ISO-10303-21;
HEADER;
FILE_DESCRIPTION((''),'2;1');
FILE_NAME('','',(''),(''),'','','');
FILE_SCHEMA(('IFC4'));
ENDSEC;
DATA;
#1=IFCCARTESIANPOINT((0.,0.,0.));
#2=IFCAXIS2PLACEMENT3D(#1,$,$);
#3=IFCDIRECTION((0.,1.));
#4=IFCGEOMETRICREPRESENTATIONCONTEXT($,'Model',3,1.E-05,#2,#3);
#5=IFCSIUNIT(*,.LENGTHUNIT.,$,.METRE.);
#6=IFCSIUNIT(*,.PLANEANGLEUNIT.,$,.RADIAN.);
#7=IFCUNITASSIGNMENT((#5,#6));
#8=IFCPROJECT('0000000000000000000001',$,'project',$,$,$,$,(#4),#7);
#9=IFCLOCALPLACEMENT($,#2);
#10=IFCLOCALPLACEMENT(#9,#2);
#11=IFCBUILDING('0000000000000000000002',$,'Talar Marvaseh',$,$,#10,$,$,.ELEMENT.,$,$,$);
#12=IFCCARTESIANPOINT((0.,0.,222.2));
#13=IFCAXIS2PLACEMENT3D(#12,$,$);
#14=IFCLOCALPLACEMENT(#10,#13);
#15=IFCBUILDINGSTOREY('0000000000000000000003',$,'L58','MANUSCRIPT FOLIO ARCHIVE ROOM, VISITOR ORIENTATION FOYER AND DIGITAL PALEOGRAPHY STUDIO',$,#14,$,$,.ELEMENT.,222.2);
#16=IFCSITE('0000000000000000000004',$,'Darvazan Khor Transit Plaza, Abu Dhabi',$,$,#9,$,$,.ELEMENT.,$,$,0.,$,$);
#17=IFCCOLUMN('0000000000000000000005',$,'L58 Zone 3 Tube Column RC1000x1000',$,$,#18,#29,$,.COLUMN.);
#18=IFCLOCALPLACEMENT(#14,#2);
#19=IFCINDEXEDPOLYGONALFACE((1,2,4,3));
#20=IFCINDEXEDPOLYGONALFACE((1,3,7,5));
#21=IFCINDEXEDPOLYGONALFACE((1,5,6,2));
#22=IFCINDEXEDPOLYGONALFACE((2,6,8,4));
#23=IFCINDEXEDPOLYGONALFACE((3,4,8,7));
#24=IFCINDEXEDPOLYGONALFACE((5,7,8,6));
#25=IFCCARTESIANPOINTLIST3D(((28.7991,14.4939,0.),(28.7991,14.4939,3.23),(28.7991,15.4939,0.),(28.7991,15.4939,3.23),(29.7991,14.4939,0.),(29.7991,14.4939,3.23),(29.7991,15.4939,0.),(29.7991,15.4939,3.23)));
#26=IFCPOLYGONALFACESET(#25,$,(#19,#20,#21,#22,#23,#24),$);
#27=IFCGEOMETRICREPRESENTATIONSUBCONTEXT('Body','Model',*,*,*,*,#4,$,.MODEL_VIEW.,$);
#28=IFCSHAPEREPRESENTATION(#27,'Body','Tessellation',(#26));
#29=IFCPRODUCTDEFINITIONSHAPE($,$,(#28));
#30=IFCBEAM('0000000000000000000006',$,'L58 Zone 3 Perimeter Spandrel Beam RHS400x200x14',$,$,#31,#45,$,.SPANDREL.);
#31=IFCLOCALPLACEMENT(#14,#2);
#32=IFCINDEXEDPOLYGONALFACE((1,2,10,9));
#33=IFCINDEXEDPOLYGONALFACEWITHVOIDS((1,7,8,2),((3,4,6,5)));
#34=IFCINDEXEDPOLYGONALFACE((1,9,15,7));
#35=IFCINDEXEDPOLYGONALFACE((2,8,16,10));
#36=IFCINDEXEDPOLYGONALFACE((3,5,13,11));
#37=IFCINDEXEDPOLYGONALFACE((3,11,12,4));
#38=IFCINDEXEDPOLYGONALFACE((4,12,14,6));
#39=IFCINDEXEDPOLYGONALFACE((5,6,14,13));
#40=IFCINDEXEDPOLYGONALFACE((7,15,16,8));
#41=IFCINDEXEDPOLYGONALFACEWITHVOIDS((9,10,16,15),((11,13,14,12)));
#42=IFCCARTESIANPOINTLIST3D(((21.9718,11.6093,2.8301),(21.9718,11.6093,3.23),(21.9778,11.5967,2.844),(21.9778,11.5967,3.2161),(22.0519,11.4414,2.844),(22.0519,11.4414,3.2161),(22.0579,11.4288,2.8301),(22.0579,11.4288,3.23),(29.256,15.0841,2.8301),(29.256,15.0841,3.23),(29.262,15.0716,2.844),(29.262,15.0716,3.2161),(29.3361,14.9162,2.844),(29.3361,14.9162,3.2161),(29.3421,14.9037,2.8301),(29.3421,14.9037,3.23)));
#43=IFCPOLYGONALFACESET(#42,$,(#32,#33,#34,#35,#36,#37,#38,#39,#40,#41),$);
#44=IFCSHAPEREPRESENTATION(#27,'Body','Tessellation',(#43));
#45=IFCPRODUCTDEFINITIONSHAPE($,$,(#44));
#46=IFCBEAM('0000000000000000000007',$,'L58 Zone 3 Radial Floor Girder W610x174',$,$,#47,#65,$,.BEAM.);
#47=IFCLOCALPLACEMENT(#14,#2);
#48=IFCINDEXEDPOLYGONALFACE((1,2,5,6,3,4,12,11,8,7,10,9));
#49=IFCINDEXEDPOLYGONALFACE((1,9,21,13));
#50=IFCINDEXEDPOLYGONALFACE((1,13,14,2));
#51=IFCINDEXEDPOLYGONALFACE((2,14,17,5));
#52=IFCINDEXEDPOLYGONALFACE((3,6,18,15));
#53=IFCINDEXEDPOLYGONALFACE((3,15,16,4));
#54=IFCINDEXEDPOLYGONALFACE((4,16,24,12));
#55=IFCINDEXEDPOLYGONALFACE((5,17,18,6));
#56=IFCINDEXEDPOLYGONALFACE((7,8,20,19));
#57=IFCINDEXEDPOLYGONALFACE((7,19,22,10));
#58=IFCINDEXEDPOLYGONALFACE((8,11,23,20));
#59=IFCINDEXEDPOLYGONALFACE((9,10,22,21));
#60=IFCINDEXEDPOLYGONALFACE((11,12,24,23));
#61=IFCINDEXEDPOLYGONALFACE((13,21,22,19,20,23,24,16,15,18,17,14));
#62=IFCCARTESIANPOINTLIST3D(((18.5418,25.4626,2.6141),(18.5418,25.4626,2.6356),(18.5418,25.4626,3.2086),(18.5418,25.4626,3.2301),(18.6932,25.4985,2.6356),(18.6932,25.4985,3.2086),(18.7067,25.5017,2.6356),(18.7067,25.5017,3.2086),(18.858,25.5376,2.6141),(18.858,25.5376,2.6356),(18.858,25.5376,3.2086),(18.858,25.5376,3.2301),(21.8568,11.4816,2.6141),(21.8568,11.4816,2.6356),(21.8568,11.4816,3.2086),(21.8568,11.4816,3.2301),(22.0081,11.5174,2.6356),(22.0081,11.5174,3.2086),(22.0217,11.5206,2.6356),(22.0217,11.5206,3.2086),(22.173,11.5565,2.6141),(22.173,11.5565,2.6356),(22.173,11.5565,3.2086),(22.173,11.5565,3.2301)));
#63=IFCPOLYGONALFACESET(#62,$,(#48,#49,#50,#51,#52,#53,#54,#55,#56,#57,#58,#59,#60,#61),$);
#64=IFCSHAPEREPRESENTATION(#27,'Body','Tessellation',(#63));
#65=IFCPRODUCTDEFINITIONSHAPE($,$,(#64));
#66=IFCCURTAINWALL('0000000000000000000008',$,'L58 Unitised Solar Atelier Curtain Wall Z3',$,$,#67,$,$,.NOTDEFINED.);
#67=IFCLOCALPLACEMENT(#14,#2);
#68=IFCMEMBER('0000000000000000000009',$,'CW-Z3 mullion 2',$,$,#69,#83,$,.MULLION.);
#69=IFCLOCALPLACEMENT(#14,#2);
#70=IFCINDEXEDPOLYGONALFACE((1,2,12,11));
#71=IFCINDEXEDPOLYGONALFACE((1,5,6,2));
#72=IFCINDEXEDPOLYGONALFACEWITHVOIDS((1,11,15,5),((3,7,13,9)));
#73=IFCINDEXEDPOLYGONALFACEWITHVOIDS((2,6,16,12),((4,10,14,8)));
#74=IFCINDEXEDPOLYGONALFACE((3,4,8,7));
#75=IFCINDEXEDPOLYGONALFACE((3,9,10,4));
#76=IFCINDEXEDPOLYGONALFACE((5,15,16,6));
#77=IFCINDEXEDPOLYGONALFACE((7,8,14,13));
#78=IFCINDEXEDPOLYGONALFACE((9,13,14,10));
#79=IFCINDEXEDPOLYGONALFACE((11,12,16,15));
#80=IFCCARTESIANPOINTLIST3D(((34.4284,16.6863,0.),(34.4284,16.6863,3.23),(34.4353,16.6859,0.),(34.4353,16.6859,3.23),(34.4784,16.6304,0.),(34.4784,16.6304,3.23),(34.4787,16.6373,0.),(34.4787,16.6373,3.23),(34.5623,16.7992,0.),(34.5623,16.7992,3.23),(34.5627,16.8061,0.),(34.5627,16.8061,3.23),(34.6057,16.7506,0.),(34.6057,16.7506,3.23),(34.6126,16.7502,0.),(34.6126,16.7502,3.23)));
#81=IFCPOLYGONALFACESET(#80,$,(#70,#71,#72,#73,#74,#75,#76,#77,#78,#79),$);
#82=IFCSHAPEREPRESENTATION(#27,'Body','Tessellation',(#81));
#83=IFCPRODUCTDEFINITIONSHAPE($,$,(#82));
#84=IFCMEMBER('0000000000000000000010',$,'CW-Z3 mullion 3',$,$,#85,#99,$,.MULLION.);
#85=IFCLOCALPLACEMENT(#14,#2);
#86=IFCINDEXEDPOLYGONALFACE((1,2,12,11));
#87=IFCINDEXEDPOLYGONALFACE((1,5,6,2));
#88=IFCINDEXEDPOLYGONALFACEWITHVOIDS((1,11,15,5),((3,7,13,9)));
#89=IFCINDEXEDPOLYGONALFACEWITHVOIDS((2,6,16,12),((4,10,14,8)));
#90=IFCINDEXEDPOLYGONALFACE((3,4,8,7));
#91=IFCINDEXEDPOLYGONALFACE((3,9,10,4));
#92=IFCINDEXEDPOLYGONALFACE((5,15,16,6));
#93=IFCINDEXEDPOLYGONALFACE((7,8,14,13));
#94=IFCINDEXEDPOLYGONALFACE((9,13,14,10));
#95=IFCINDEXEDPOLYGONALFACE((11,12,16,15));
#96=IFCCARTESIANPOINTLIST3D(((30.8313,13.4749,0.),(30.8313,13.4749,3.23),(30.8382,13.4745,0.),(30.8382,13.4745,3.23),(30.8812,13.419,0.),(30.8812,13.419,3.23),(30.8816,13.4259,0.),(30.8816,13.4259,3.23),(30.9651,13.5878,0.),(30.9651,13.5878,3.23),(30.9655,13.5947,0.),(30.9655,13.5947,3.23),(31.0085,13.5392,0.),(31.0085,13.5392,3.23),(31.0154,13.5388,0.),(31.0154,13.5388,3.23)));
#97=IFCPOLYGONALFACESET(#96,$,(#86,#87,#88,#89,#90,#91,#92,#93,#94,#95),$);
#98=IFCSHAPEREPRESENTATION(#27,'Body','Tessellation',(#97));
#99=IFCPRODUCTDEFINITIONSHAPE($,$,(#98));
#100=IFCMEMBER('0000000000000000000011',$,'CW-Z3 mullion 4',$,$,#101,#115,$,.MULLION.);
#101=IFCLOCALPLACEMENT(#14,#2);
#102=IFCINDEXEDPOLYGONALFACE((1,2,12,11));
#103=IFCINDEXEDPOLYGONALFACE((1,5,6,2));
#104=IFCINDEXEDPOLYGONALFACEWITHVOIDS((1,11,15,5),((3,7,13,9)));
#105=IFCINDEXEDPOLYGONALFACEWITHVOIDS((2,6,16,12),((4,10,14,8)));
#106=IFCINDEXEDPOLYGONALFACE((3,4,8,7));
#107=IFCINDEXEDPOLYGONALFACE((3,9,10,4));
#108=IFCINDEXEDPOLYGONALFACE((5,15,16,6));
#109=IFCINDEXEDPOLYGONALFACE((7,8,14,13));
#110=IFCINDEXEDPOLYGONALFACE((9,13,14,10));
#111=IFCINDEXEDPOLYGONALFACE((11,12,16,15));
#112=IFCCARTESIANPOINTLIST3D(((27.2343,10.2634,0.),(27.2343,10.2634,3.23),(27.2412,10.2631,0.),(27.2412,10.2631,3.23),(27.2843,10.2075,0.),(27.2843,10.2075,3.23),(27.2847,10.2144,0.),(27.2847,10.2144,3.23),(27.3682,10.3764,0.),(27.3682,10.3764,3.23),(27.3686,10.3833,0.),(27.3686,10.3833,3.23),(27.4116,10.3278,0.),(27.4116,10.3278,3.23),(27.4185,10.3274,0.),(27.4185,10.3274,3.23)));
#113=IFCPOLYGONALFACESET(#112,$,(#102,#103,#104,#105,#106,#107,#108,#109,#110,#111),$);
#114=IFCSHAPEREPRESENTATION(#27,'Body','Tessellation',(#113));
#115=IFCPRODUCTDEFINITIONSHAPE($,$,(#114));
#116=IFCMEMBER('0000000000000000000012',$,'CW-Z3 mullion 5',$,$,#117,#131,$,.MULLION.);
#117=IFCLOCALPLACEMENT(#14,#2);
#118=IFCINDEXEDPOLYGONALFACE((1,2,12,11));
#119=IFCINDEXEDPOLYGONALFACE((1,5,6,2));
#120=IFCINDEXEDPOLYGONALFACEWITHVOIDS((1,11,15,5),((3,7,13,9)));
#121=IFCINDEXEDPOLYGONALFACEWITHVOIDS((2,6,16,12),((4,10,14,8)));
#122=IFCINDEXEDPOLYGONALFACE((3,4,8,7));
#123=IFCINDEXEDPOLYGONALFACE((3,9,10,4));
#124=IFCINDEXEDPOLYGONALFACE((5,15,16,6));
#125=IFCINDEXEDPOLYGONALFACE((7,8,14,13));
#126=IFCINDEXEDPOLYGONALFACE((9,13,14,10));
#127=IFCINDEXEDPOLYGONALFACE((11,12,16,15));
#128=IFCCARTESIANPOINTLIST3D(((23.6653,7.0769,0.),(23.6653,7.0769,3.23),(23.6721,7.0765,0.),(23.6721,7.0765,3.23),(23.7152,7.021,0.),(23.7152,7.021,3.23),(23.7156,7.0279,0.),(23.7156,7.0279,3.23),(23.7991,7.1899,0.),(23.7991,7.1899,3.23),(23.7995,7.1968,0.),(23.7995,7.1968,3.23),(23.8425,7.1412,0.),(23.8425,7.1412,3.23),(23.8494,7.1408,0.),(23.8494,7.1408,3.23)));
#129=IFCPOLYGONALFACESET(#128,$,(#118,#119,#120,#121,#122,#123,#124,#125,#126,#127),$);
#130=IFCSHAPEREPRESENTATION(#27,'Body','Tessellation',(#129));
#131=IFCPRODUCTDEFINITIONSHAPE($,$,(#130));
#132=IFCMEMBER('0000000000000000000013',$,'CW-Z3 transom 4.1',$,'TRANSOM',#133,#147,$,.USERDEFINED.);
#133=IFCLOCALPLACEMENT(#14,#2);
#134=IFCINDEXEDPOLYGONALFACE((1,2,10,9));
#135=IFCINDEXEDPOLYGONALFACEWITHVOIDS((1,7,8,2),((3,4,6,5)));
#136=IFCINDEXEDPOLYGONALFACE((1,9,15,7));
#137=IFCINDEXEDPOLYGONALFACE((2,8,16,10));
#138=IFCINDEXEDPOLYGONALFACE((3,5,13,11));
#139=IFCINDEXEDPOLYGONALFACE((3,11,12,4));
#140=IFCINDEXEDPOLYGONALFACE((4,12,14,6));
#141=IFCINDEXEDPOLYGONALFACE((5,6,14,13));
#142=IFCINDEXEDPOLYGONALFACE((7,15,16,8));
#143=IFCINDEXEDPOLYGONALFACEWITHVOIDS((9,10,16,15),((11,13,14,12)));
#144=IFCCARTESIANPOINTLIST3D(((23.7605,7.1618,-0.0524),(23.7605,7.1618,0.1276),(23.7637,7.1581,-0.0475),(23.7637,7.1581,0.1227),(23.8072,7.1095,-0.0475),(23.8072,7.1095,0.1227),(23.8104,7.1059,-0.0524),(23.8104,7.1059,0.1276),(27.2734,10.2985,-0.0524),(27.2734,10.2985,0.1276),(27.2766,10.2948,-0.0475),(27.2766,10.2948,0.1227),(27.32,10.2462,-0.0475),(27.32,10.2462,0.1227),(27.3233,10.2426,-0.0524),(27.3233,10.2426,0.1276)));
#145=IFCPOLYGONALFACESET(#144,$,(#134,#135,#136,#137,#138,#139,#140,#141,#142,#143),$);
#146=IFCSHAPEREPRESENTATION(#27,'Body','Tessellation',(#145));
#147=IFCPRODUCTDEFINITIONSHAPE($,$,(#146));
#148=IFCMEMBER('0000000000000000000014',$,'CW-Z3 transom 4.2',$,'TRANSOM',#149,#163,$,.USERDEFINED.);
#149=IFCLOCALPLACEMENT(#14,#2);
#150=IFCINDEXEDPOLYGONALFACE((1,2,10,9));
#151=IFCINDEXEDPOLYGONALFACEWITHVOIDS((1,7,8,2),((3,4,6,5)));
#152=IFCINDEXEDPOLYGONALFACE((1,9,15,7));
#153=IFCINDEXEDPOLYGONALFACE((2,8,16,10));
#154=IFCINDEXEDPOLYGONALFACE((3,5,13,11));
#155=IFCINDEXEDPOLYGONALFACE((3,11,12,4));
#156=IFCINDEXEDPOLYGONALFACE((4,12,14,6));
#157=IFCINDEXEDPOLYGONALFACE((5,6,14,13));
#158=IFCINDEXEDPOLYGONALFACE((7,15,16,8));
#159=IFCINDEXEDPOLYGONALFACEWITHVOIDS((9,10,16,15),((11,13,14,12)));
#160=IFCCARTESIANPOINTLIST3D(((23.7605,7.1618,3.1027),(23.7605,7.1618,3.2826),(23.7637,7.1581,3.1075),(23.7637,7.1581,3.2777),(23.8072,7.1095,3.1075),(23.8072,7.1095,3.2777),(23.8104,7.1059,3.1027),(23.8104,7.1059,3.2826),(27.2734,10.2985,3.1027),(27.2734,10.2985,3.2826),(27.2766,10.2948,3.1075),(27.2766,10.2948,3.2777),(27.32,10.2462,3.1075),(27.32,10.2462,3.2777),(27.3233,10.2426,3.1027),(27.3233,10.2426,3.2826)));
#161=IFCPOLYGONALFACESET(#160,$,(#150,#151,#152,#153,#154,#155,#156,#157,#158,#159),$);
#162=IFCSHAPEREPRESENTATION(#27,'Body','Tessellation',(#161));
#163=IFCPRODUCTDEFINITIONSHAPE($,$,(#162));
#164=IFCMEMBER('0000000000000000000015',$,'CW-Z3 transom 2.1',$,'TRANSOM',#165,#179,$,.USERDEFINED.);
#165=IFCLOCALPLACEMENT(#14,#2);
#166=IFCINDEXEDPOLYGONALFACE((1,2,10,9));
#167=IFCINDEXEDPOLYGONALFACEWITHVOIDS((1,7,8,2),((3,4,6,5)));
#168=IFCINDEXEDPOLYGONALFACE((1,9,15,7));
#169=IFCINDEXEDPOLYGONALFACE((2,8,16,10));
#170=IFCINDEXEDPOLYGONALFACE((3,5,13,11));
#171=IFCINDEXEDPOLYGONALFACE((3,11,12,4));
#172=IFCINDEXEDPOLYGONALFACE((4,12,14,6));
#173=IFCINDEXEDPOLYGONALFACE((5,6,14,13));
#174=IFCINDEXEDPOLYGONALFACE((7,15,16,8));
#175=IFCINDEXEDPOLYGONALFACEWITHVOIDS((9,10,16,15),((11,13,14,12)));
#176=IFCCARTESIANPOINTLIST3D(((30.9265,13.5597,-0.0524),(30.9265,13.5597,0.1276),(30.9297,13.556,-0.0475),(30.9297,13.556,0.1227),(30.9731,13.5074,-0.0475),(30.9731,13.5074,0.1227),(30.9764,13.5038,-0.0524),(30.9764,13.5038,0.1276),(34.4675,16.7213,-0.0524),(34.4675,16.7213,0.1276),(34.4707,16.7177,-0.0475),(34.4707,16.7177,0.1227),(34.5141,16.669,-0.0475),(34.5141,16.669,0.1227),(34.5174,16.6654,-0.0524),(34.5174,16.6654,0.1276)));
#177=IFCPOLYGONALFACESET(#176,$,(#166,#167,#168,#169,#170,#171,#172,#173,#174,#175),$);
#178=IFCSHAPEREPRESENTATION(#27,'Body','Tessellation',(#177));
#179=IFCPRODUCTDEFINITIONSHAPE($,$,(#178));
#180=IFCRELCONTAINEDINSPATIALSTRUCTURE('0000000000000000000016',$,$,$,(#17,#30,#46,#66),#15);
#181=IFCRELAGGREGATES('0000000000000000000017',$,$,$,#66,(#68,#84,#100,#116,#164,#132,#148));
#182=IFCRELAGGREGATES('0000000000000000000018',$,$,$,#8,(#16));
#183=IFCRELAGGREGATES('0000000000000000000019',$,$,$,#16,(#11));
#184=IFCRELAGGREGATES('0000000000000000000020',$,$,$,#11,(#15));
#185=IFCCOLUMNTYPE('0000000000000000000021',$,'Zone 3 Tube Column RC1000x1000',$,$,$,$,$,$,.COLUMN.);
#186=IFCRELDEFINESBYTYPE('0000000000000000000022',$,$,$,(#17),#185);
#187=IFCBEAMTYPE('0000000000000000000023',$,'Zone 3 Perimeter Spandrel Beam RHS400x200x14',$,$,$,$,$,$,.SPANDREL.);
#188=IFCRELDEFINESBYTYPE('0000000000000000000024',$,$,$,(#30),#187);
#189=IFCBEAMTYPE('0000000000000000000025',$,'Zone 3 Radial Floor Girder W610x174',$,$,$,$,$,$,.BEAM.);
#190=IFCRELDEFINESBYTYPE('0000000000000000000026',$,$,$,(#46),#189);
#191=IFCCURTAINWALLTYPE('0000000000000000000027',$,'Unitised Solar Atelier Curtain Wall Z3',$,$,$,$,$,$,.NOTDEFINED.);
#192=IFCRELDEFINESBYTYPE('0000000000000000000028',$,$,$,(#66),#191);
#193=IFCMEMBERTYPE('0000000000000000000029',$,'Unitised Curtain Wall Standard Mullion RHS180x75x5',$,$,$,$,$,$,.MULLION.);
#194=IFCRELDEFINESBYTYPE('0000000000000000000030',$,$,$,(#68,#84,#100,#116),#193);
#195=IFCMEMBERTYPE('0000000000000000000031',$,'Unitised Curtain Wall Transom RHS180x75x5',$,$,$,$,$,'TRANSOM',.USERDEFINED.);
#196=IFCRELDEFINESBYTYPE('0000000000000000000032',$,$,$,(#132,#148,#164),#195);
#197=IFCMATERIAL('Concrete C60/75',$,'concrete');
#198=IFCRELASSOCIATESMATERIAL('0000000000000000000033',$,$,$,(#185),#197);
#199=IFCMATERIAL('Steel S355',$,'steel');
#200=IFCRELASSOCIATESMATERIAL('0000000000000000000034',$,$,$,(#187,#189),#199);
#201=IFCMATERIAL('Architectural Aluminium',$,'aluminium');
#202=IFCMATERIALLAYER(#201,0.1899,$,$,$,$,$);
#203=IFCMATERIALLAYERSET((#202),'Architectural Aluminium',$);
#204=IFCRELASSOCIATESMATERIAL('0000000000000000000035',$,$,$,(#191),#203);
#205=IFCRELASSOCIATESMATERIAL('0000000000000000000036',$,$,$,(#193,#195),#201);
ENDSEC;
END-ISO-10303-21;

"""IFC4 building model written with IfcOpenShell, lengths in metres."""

from ifc_helpers import new_model, si_unit, direction, frame, origin, origin_2d, place, context, subcontext, project, spatial, rectangle, hollow_rectangle, i_section, extrude, source, transform, mapped, material, layer, layer_set, material_profile, profile_set, type_object, type_shapes, element, aggregate, save


model = new_model("IFC4")

# Units and contexts
model_context = context("Model", 3, precision=1e-05, world=origin(), true_north=direction((0.0, 1.0)))
body_context = subcontext(model_context, "Body", "Model", "MODEL_VIEW")
ifc_project = project(units=[si_unit("LENGTHUNIT", "METRE"), si_unit("PLANEANGLEUNIT", "RADIAN")], contexts=[model_context])

# Site, building, storey
site_placement = place(None, origin())
site = spatial("IfcSite", under=ifc_project, at=site_placement, Name="Darvazan Khor Transit Plaza, Abu Dhabi", CompositionType="ELEMENT", RefElevation=0.0)
building_placement = place(site_placement, origin())
building = spatial("IfcBuilding", under=site, at=building_placement, Name="Talar Marvaseh", CompositionType="ELEMENT")
storey_placement = place(building_placement, frame((0.0, 0.0, 222.2)))
storey = spatial("IfcBuildingStorey", under=building, at=storey_placement, Name="L58", Description="MANUSCRIPT FOLIO ARCHIVE ROOM, VISITOR ORIENTATION FOYER AND DIGITAL PALEOGRAPHY STUDIO", CompositionType="ELEMENT", Elevation=222.2)

# Column
ifc_material_1 = material(Name="Concrete C60/75", Category="concrete")
ifc_material_profile_1 = material_profile(ifc_material_1, rectangle(XDim=1.0, YDim=1.0, at=origin_2d()), Name="RC1000x1000")
ifc_profile_set_1 = profile_set([ifc_material_profile_1], Name="Concrete C60/75")
column_type = type_object("IfcColumnType", Name="Zone 3 Tube Column RC1000x1000", PredefinedType="COLUMN", material=ifc_profile_set_1)
column_placement = place(storey_placement, frame((29.2991, 14.9939, 0.0), z_axis=(0.0, 0.0, 1.0), x_axis=(1.0, 0.0, 0.0)))
element("IfcColumn", 1, at=column_placement, inside=storey, type_object=column_type, Name="L58 Zone 3 Tube Column RC1000x1000", PredefinedType="COLUMN", context=body_context, shape_type="SweptSolid", body=[
    extrude(rectangle(XDim=1.0, YDim=1.0, at=origin_2d()), origin(), (0.0, 0.0, 1.0), 3.23),
])

# Beams
ifc_material_2 = material(Name="Steel S355", Category="steel")
ifc_material_profile_2 = material_profile(ifc_material_2, hollow_rectangle(XDim=0.2, YDim=0.3999, WallThickness=0.0139, at=origin_2d()), Name="RHS400x200x14")
ifc_profile_set_2 = profile_set([ifc_material_profile_2], Name="Steel S355")
beam_type_1 = type_object("IfcBeamType", Name="Zone 3 Perimeter Spandrel Beam RHS400x200x14", PredefinedType="SPANDREL", material=ifc_profile_set_2)
beam_1_placement = place(storey_placement, frame((29.2991, 14.9939, 3.03), z_axis=(-0.902562, -0.430559, 0.0), x_axis=(0.430559, -0.902562, 0.0)))
element("IfcBeam", 2, at=beam_1_placement, inside=storey, type_object=beam_type_1, Name="L58 Zone 3 Perimeter Spandrel Beam RHS400x200x14", PredefinedType="SPANDREL", context=body_context, shape_type="SweptSolid", body=[
    extrude(hollow_rectangle(XDim=0.2, YDim=0.3999, WallThickness=0.0139, at=origin_2d()), origin(), (0.0, 0.0, 1.0), 8.0706),
])
ifc_material_profile_3 = material_profile(ifc_material_2, i_section(OverallWidth=0.325, OverallDepth=0.616, WebThickness=0.0139, FlangeThickness=0.0215, at=origin_2d()), Name="W610x174")
ifc_profile_set_3 = profile_set([ifc_material_profile_3], Name="Steel S355")
beam_type_2 = type_object("IfcBeamType", Name="Zone 3 Radial Floor Girder W610x174", PredefinedType="BEAM", material=ifc_profile_set_3)
beam_2_placement = place(storey_placement, frame((22.0149, 11.519, 2.9221), z_axis=(-0.230708, 0.973023, 0.0), x_axis=(-0.973023, -0.230708, 0.0)))
element("IfcBeam", 3, at=beam_2_placement, inside=storey, type_object=beam_type_2, Name="L58 Zone 3 Radial Floor Girder W610x174", PredefinedType="BEAM", context=body_context, shape_type="SweptSolid", body=[
    extrude(i_section(OverallWidth=0.325, OverallDepth=0.616, WebThickness=0.0139, FlangeThickness=0.0215, at=origin_2d()), origin(), (0.0, 0.0, 1.0), 14.3687),
])

# Curtain wall, members
ifc_material_3 = material(Name="Architectural Aluminium", Category="aluminium")
ifc_layer_1 = layer(ifc_material_3, 0.1899)
ifc_layer_set_1 = layer_set([ifc_layer_1], Name="Architectural Aluminium")
curtain_wall_type = type_object("IfcCurtainWallType", Name="Unitised Solar Atelier Curtain Wall Z3", PredefinedType="NOTDEFINED", material=ifc_layer_set_1)
curtain_wall_placement = place(storey_placement, origin())
curtain_wall = element("IfcCurtainWall", 4, at=curtain_wall_placement, inside=storey, type_object=curtain_wall_type, Name="L58 Unitised Solar Atelier Curtain Wall Z3", PredefinedType="NOTDEFINED")
ifc_material_profile_4 = material_profile(ifc_material_3, hollow_rectangle(XDim=0.075, YDim=0.1799, WallThickness=0.0049, at=origin_2d()), Name="RHS180x75x5")
ifc_profile_set_4 = profile_set([ifc_material_profile_4], Name="Architectural Aluminium")
member_type_1 = type_object("IfcMemberType", Name="Unitised Curtain Wall Standard Mullion RHS180x75x5", PredefinedType="MULLION", material=ifc_profile_set_4)
shared_shape_1 = source(origin(), body_context, "Body", "SweptSolid", [
    extrude(hollow_rectangle(XDim=0.075, YDim=0.1799, WallThickness=0.0049, at=origin_2d()), origin(), (0.0, 0.0, 1.0), 3.23),
])
type_shapes(member_type_1, [shared_shape_1])
member_1_placement = place(storey_placement, frame((34.5205, 16.7183, 0.0), z_axis=(0.0, 0.0, 1.0), x_axis=(0.665998, -0.745954, 0.0)))
member_1 = element("IfcMember", 5, at=member_1_placement, type_object=member_type_1, Name="CW-Z3 mullion 2", PredefinedType="MULLION", context=body_context, shape_type="MappedRepresentation", body=[
    mapped(shared_shape_1, transform((0.0, 0.0, 0.0), x_axis=(1.0, 0.0, 0.0), y_axis=(0.0, 1.0, 0.0), z_axis=(0.0, 0.0, 1.0), scale=1.0)),
])
member_2_placement = place(storey_placement, frame((30.9233, 13.5068, 0.0), z_axis=(0.0, 0.0, 1.0), x_axis=(0.665998, -0.745954, 0.0)))
member_2 = element("IfcMember", 6, at=member_2_placement, type_object=member_type_1, Name="CW-Z3 mullion 3", PredefinedType="MULLION", context=body_context, shape_type="MappedRepresentation", body=[
    mapped(shared_shape_1, transform((0.0, 0.0, 0.0), x_axis=(1.0, 0.0, 0.0), y_axis=(0.0, 1.0, 0.0), z_axis=(0.0, 0.0, 1.0), scale=1.0)),
])
member_3_placement = place(storey_placement, frame((27.3264, 10.2954, 0.0), z_axis=(0.0, 0.0, 1.0), x_axis=(0.665998, -0.745954, 0.0)))
member_3 = element("IfcMember", 7, at=member_3_placement, type_object=member_type_1, Name="CW-Z3 mullion 4", PredefinedType="MULLION", context=body_context, shape_type="MappedRepresentation", body=[
    mapped(shared_shape_1, transform((0.0, 0.0, 0.0), x_axis=(1.0, 0.0, 0.0), y_axis=(0.0, 1.0, 0.0), z_axis=(0.0, 0.0, 1.0), scale=1.0)),
])
member_4_placement = place(storey_placement, frame((23.7573, 7.1089, 0.0), z_axis=(0.0, 0.0, 1.0), x_axis=(0.665998, -0.745954, 0.0)))
member_4 = element("IfcMember", 8, at=member_4_placement, type_object=member_type_1, Name="CW-Z3 mullion 5", PredefinedType="MULLION", context=body_context, shape_type="MappedRepresentation", body=[
    mapped(shared_shape_1, transform((0.0, 0.0, 0.0), x_axis=(1.0, 0.0, 0.0), y_axis=(0.0, 1.0, 0.0), z_axis=(0.0, 0.0, 1.0), scale=1.0)),
])
ifc_material_profile_5 = material_profile(ifc_material_3, hollow_rectangle(XDim=0.075, YDim=0.1799, WallThickness=0.0049, at=origin_2d()), Name="RHS180x75x5")
ifc_profile_set_5 = profile_set([ifc_material_profile_5], Name="Architectural Aluminium")
member_type_2 = type_object("IfcMemberType", Name="Unitised Curtain Wall Transom RHS180x75x5", ElementType="TRANSOM", PredefinedType="USERDEFINED", material=ifc_profile_set_5)
shared_shape_2 = source(origin(), body_context, "Body", "SweptSolid", [
    extrude(hollow_rectangle(XDim=0.075, YDim=0.1799, WallThickness=0.0049, at=origin_2d()), origin(), (0.0, 0.0, 1.0), 4.7095),
])
member_5_placement = place(storey_placement, frame((27.2983, 10.2705, 0.0376), z_axis=(-0.74592, -0.666035, 0.0), x_axis=(0.666035, -0.74592, 0.0)))
member_5 = element("IfcMember", 9, at=member_5_placement, type_object=member_type_2, Name="CW-Z3 transom 4.1", ObjectType="TRANSOM", PredefinedType="USERDEFINED", context=body_context, shape_type="MappedRepresentation", body=[
    mapped(shared_shape_2, transform((0.0, 0.0, 0.0), x_axis=(1.0, 0.0, 0.0), y_axis=(0.0, 1.0, 0.0), z_axis=(0.0, 0.0, 1.0), scale=1.0)),
])
member_6_placement = place(storey_placement, frame((27.2983, 10.2705, 3.1926), z_axis=(-0.74592, -0.666035, 0.0), x_axis=(0.666035, -0.74592, 0.0)))
member_6 = element("IfcMember", 10, at=member_6_placement, type_object=member_type_2, Name="CW-Z3 transom 4.2", ObjectType="TRANSOM", PredefinedType="USERDEFINED", context=body_context, shape_type="MappedRepresentation", body=[
    mapped(shared_shape_2, transform((0.0, 0.0, 0.0), x_axis=(1.0, 0.0, 0.0), y_axis=(0.0, 1.0, 0.0), z_axis=(0.0, 0.0, 1.0), scale=1.0)),
])
shared_shape_3 = source(origin(), body_context, "Body", "SweptSolid", [
    extrude(hollow_rectangle(XDim=0.075, YDim=0.1799, WallThickness=0.0049, at=origin_2d()), origin(), (0.0, 0.0, 1.0), 4.7471),
])
type_shapes(member_type_2, [shared_shape_2, shared_shape_3])
member_7_placement = place(storey_placement, frame((34.4924, 16.6934, 0.0376), z_axis=(-0.745938, -0.666016, 0.0), x_axis=(0.666016, -0.745938, 0.0)))
member_7 = element("IfcMember", 11, at=member_7_placement, type_object=member_type_2, Name="CW-Z3 transom 2.1", ObjectType="TRANSOM", PredefinedType="USERDEFINED", context=body_context, shape_type="MappedRepresentation", body=[
    mapped(shared_shape_3, transform((0.0, 0.0, 0.0), x_axis=(1.0, 0.0, 0.0), y_axis=(0.0, 1.0, 0.0), z_axis=(0.0, 0.0, 1.0), scale=1.0)),
])
aggregate(curtain_wall, [member_1, member_2, member_3, member_4, member_7, member_5, member_6])

save(model, "model.ifc")
